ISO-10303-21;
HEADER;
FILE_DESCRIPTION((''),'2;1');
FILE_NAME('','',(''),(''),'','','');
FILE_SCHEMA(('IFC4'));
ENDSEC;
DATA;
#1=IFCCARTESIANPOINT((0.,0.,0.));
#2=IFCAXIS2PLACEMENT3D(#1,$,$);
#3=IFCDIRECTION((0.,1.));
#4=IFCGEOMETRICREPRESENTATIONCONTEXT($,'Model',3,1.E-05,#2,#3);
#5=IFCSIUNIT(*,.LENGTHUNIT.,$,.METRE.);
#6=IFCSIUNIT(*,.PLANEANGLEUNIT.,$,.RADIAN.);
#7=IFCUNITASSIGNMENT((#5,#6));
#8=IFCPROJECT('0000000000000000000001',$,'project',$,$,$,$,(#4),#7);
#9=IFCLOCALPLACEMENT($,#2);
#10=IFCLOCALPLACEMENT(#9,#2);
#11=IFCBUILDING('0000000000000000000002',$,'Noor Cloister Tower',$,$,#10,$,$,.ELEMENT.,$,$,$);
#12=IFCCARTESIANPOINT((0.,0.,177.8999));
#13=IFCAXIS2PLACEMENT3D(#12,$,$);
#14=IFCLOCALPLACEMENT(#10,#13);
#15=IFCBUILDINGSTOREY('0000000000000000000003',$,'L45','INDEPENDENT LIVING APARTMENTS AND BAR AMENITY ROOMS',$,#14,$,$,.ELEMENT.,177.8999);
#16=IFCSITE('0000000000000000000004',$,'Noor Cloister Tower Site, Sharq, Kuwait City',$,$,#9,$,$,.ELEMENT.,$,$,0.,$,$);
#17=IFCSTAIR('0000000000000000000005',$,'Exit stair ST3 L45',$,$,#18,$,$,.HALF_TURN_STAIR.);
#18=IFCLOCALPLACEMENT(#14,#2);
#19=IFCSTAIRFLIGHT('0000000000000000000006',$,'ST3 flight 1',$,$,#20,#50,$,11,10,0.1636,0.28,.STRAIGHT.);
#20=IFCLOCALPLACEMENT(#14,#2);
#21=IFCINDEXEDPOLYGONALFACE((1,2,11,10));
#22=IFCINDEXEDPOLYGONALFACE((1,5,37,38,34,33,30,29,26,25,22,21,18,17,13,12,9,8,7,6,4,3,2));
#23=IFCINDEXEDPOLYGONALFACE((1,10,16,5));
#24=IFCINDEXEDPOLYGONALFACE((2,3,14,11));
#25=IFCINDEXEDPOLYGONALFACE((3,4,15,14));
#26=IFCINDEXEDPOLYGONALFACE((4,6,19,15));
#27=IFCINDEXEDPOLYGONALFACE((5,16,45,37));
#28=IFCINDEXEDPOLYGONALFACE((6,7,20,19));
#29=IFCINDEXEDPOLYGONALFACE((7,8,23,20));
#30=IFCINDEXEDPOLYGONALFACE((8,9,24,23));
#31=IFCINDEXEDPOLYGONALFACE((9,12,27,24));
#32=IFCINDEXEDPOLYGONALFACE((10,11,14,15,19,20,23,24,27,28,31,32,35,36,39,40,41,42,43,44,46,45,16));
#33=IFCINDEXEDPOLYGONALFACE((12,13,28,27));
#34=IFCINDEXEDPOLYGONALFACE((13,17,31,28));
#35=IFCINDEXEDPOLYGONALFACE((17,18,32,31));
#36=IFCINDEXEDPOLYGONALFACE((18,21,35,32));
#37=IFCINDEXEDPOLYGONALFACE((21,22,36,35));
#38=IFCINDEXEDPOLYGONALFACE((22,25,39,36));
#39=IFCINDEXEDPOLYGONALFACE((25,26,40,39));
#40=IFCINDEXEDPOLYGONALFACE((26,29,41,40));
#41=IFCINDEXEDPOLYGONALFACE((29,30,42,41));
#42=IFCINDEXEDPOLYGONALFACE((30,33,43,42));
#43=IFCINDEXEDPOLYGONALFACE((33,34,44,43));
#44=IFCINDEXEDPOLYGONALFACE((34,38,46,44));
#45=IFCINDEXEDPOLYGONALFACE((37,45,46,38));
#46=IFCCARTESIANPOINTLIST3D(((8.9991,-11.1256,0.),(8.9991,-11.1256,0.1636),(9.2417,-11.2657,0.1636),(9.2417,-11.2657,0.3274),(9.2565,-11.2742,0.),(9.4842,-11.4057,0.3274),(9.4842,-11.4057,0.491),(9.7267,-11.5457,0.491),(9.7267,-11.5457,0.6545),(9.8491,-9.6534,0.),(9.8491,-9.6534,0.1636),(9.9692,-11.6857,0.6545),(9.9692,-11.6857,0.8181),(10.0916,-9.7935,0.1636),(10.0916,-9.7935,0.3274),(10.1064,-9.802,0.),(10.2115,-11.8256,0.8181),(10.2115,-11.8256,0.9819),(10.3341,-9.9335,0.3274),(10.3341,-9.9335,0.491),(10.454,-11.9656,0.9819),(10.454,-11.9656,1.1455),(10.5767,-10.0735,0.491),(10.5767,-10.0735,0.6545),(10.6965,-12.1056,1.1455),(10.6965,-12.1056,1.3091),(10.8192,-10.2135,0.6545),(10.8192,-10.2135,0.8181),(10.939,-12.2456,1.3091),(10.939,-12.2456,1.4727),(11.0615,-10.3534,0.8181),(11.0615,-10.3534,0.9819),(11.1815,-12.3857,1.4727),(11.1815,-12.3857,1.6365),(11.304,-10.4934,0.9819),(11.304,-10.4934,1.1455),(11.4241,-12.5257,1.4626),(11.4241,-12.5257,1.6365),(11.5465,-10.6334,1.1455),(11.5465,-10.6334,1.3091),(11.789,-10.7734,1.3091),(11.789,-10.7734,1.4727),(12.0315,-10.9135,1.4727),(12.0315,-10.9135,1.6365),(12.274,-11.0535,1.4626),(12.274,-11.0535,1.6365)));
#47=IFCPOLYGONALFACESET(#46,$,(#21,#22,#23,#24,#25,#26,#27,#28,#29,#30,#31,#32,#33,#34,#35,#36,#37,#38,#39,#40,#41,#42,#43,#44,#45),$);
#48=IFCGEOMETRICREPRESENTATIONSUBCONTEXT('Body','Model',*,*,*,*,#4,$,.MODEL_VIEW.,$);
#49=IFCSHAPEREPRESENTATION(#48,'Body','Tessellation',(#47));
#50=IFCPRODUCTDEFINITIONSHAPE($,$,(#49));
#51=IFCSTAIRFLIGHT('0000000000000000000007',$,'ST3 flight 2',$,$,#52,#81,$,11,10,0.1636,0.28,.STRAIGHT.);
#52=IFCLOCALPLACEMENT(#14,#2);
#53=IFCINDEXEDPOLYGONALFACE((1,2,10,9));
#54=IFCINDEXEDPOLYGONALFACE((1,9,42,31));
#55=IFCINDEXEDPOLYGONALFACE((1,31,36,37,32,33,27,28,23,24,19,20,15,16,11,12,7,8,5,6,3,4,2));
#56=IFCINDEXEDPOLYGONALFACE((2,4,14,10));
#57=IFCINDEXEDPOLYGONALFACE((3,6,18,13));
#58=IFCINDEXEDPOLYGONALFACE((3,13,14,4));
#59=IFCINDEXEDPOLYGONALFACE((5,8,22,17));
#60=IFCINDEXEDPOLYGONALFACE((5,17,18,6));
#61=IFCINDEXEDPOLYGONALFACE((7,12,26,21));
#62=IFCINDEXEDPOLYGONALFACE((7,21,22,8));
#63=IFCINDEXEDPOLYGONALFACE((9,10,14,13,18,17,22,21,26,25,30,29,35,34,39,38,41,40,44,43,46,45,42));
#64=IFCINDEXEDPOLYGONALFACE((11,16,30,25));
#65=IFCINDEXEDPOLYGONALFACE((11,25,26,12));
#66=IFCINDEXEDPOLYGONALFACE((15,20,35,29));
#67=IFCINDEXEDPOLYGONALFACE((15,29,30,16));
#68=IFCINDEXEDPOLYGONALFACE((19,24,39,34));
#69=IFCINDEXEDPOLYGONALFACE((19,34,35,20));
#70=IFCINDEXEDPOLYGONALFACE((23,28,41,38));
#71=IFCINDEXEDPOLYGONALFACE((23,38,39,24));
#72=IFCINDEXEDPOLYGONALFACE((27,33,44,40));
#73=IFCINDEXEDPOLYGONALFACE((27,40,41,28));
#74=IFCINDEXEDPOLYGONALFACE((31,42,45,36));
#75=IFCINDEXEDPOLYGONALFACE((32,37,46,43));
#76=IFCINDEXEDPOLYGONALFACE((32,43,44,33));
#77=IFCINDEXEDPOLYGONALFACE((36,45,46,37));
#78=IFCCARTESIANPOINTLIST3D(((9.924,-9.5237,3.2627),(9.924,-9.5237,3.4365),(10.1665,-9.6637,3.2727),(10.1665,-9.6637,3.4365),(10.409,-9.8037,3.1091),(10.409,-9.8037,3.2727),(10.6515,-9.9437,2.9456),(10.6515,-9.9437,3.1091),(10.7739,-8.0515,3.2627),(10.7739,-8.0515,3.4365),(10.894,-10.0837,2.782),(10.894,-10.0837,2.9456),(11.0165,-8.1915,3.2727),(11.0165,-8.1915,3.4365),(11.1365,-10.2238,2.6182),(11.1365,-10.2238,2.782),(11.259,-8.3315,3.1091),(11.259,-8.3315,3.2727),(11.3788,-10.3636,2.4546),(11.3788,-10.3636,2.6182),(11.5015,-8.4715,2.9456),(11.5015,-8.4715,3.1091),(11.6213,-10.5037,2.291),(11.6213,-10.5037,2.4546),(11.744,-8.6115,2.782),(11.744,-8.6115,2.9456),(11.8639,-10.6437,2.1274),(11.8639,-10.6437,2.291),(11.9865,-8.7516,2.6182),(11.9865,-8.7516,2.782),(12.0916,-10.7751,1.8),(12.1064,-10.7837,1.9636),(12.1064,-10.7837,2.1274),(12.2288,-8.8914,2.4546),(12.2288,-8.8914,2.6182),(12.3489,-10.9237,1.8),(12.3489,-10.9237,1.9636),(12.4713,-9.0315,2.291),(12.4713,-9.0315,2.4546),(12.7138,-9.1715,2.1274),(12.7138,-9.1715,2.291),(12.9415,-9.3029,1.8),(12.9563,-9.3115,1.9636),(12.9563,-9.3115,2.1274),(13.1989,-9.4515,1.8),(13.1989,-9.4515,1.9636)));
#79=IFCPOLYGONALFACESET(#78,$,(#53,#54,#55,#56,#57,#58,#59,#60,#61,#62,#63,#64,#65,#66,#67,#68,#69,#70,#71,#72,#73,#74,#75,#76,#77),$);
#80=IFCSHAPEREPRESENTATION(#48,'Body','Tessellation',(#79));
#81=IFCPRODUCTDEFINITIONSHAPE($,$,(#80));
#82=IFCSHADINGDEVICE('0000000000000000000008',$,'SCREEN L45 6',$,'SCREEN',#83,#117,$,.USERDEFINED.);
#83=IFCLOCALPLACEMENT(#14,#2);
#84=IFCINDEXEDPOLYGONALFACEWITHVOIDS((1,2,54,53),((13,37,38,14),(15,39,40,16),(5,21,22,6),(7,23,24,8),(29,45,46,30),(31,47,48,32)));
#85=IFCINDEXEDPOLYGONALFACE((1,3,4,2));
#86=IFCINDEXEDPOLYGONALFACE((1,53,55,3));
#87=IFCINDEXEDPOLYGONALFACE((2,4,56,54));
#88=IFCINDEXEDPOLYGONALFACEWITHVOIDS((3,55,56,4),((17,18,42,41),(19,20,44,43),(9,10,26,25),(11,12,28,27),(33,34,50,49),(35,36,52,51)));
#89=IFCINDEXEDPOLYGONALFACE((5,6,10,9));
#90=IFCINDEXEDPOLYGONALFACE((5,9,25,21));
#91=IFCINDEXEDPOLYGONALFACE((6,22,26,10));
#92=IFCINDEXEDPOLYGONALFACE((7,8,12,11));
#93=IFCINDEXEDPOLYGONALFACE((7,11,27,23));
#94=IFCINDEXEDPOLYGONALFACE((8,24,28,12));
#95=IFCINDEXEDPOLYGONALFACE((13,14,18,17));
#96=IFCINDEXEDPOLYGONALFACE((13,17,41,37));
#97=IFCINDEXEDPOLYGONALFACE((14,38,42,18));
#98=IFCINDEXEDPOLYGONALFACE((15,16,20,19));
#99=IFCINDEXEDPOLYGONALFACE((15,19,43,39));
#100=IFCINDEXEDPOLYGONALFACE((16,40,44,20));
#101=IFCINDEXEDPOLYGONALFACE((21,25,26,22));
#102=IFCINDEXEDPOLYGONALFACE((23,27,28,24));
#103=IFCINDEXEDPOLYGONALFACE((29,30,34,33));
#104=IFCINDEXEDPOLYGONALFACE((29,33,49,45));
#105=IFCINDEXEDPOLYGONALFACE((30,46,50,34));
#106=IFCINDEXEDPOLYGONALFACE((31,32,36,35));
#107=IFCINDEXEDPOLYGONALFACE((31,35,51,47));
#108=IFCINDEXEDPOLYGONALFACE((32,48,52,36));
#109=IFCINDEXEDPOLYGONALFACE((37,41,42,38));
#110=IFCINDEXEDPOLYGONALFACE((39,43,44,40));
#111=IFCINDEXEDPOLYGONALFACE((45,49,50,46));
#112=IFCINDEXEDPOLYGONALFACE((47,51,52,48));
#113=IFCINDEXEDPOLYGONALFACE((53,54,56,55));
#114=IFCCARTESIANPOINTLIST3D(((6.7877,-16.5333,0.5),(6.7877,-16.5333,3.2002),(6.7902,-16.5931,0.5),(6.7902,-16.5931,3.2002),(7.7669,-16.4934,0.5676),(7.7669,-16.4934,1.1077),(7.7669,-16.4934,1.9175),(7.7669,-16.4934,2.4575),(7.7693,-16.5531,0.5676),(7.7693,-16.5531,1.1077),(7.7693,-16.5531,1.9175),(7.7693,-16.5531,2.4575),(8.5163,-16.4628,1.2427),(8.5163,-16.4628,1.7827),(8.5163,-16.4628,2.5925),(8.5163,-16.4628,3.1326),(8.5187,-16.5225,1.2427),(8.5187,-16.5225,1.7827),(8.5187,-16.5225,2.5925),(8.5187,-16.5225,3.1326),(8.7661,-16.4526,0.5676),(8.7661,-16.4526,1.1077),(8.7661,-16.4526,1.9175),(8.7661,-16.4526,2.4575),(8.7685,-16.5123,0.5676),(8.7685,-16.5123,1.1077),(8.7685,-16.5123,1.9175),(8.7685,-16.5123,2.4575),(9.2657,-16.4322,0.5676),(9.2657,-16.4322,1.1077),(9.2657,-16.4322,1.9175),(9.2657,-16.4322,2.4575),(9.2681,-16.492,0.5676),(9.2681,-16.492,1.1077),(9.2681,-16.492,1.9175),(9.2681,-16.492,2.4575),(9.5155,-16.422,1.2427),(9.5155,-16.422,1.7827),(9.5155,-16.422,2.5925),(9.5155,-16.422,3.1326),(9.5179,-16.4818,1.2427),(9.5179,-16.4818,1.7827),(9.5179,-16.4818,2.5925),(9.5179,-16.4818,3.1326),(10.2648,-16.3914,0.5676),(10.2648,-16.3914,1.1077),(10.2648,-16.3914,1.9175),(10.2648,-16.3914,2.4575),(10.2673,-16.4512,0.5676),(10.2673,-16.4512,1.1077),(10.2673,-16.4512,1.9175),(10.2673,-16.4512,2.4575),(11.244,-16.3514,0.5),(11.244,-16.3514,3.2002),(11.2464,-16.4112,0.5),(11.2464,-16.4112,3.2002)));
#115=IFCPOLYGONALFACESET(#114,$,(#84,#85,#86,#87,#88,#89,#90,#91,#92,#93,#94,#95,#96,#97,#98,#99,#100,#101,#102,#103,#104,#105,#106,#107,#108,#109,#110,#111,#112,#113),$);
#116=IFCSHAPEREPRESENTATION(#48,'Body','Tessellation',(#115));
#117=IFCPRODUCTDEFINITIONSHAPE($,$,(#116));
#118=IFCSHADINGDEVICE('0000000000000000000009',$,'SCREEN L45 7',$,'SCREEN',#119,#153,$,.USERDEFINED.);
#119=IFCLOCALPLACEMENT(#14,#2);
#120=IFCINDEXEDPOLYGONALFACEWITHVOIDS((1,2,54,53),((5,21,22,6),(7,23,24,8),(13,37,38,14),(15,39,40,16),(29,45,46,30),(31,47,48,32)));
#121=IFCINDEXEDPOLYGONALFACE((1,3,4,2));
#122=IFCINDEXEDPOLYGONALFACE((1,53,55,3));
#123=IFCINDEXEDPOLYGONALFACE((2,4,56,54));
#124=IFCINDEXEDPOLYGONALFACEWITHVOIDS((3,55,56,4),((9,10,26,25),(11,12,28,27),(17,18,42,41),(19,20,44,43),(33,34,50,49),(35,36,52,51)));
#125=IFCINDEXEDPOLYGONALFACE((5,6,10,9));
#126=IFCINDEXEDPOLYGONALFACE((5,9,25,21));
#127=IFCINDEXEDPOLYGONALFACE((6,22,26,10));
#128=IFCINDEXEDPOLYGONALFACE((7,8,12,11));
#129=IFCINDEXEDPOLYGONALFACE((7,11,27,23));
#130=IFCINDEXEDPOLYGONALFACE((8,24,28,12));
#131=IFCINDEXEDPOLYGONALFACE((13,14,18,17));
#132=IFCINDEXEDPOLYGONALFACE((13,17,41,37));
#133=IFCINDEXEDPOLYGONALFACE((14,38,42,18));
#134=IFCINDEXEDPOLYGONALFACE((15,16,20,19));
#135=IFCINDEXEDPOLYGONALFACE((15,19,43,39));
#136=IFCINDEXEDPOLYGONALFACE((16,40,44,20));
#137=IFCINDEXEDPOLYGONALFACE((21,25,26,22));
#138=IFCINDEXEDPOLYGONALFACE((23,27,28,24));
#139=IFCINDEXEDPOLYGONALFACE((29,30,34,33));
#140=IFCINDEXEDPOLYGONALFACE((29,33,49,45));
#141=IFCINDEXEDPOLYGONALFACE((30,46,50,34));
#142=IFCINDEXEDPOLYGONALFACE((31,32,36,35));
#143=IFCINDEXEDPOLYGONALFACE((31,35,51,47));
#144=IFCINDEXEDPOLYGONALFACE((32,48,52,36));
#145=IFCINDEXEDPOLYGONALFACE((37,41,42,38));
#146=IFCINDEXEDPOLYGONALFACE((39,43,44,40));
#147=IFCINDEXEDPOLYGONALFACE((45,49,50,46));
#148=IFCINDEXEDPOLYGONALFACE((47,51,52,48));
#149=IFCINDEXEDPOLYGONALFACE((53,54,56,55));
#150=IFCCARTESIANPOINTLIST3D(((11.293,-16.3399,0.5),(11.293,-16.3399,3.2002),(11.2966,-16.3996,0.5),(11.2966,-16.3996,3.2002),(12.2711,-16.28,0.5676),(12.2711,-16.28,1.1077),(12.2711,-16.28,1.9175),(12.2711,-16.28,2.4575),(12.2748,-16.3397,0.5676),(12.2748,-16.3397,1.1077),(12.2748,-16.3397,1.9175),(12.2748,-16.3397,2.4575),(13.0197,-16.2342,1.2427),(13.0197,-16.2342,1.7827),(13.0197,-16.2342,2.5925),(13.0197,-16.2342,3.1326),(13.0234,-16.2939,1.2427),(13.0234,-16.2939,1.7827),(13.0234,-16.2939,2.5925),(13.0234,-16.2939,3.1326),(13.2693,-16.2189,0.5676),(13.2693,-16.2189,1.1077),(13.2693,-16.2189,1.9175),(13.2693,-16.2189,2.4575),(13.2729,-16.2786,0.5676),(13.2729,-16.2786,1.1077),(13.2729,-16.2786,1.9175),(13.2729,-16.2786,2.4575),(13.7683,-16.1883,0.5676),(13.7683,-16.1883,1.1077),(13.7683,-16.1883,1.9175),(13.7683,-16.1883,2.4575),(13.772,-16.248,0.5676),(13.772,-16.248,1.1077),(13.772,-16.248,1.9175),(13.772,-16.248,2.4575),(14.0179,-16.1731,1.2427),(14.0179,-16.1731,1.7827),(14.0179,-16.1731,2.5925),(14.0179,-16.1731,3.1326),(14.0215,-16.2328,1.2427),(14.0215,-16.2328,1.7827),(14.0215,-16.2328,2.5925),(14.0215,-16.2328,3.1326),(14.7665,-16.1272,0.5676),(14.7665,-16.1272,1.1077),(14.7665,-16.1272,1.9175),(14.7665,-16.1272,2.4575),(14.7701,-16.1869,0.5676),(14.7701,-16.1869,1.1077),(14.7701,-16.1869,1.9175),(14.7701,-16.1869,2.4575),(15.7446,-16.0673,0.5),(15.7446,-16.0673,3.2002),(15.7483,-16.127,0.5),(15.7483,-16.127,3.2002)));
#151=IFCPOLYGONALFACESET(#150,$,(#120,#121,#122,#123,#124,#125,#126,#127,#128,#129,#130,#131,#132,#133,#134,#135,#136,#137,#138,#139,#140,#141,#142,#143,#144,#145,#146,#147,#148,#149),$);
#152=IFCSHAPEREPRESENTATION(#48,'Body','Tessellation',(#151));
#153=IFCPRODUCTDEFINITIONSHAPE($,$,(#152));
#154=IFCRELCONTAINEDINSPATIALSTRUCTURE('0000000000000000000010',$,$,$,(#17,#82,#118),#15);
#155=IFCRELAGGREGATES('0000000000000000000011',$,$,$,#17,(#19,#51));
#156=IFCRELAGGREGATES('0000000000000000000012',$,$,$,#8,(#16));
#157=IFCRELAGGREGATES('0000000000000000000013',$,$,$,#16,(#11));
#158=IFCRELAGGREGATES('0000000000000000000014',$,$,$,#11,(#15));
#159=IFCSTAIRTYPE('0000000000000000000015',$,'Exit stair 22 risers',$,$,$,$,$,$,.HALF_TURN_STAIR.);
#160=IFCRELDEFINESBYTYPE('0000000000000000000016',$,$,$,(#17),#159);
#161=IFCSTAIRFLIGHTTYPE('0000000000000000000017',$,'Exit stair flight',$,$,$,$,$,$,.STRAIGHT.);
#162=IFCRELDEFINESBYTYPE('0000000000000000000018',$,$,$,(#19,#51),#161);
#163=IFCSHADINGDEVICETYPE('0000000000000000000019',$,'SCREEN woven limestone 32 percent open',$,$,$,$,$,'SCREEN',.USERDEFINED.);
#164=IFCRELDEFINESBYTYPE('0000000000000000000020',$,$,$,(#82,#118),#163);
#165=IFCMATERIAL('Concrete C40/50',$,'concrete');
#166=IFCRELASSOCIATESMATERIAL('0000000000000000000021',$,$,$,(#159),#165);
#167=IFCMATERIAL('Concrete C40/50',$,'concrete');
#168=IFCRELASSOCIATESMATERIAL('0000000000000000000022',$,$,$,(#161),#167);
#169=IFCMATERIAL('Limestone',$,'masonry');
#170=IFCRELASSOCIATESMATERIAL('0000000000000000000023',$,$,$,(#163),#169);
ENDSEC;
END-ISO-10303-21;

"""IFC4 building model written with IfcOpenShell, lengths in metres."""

from ifc_helpers import new_model, si_unit, direction, frame, origin, place, context, subcontext, project, spatial, polyline, outline, extrude, material, material_profile, profile_set, type_object, element, aggregate, save


model = new_model("IFC4")

# Units and contexts
model_context = context("Model", 3, precision=1e-05, world=origin(), true_north=direction((0.0, 1.0)))
body_context = subcontext(model_context, "Body", "Model", "MODEL_VIEW")
ifc_project = project(units=[si_unit("LENGTHUNIT", "METRE"), si_unit("PLANEANGLEUNIT", "RADIAN")], contexts=[model_context])

# Site, building, storey
site_placement = place(None, origin())
site = spatial("IfcSite", under=ifc_project, at=site_placement, Name="Noor Cloister Tower Site, Sharq, Kuwait City", CompositionType="ELEMENT", RefElevation=0.0)
building_placement = place(site_placement, origin())
building = spatial("IfcBuilding", under=site, at=building_placement, Name="Noor Cloister Tower", CompositionType="ELEMENT")
storey_placement = place(building_placement, frame((0.0, 0.0, 177.8999)))
storey = spatial("IfcBuildingStorey", under=building, at=storey_placement, Name="L45", Description="INDEPENDENT LIVING APARTMENTS AND BAR AMENITY ROOMS", CompositionType="ELEMENT", Elevation=177.8999)

# Stair, stair flights
ifc_material_1 = material(Name="Concrete C40/50", Category="concrete")
stair_type = type_object("IfcStairType", Name="Exit stair 22 risers", PredefinedType="HALF_TURN_STAIR", material=ifc_material_1)
stair_placement = place(storey_placement, origin())
stair = element("IfcStair", 1, at=stair_placement, inside=storey, type_object=stair_type, Name="Exit stair ST3 L45", PredefinedType="HALF_TURN_STAIR")
ifc_material_2 = material(Name="Concrete C40/50", Category="concrete")
stair_flight_type = type_object("IfcStairFlightType", Name="Exit stair flight", PredefinedType="STRAIGHT", material=ifc_material_2)
stair_flight_1_placement = place(storey_placement, frame((9.4241, -10.3896, 0.0), z_axis=(0.0, 0.0, 1.0), x_axis=(0.866025, -0.5, 0.0)))
stair_flight_1 = element("IfcStairFlight", 2, at=stair_flight_1_placement, type_object=stair_flight_type, Name="ST3 flight 1", NumberOfRisers=11, NumberOfTreads=10, PredefinedType="STRAIGHT", RiserHeight=0.1636, TreadLength=0.28, context=body_context, shape_type="SweptSolid", body=[
    extrude(outline(polyline([(0.0, 0.0), (0.0, 0.1636), (0.28, 0.1636), (0.28, 0.3274), (0.5601, 0.3274), (0.5601, 0.491), (0.8401, 0.491), (0.8401, 0.6545), (1.1201, 0.6545), (1.1201, 0.8181), (1.3999, 0.8181), (1.3999, 0.9819), (1.6799, 0.9819), (1.6799, 1.1455), (1.96, 1.1455), (1.96, 1.3091), (2.24, 1.3091), (2.24, 1.4727), (2.52, 1.4727), (2.52, 1.6365), (2.8, 1.6365), (2.8, 1.8), (2.8, 1.4626), (0.2971, 0.0), (0.0, 0.0)])), frame((0.0, 0.8501, 0.0), z_axis=(0.0, -1.0, 0.0), x_axis=(1.0, 0.0, 0.0)), (0.0, 0.0, 1.0), 1.7),
])
stair_flight_2_placement = place(storey_placement, frame((12.7739, -10.1875, 1.8), z_axis=(0.0, 0.0, 1.0), x_axis=(-0.866025, 0.5, 0.0)))
stair_flight_2 = element("IfcStairFlight", 3, at=stair_flight_2_placement, type_object=stair_flight_type, Name="ST3 flight 2", NumberOfRisers=11, NumberOfTreads=10, PredefinedType="STRAIGHT", RiserHeight=0.1636, TreadLength=0.28, context=body_context, shape_type="SweptSolid", body=[
    extrude(outline(polyline([(0.0, 0.0), (0.0, 0.1636), (0.28, 0.1636), (0.28, 0.3274), (0.5601, 0.3274), (0.5601, 0.491), (0.8401, 0.491), (0.8401, 0.6545), (1.1201, 0.6545), (1.1201, 0.8181), (1.3999, 0.8181), (1.3999, 0.9819), (1.6799, 0.9819), (1.6799, 1.1455), (1.96, 1.1455), (1.96, 1.3091), (2.24, 1.3091), (2.24, 1.4727), (2.52, 1.4727), (2.52, 1.6365), (2.8, 1.6365), (2.8, 1.8), (2.8, 1.4626), (0.2971, 0.0), (0.0, 0.0)])), frame((0.0, 0.8501, 0.0), z_axis=(0.0, -1.0, 0.0), x_axis=(1.0, 0.0, 0.0)), (0.0, 0.0, 1.0), 1.7),
])
aggregate(stair, [stair_flight_1, stair_flight_2])

# Shading devices
ifc_material_3 = material(Name="Limestone", Category="masonry")
ifc_material_profile_1 = material_profile(ifc_material_3, outline(polyline([(-2.23, -1.3501), (2.23, -1.3501), (2.23, 1.3501), (-2.23, 1.3501), (-2.23, -1.3501)]), holes=[polyline([(-1.25, -1.2825), (-0.25, -1.2825), (-0.25, -0.7424), (-1.25, -0.7424), (-1.25, -1.2825)]), polyline([(0.25, -1.2825), (1.25, -1.2825), (1.25, -0.7424), (0.25, -0.7424), (0.25, -1.2825)]), polyline([(-0.5, -0.6074), (0.5, -0.6074), (0.5, -0.0674), (-0.5, -0.0674), (-0.5, -0.6074)]), polyline([(-1.25, 0.0674), (-0.25, 0.0674), (-0.25, 0.6074), (-1.25, 0.6074), (-1.25, 0.0674)]), polyline([(0.25, 0.0674), (1.25, 0.0674), (1.25, 0.6074), (0.25, 0.6074), (0.25, 0.0674)]), polyline([(-0.5, 0.7424), (0.5, 0.7424), (0.5, 1.2825), (-0.5, 1.2825), (-0.5, 0.7424)])]), Name="Woven screen 32 percent open")
ifc_profile_set_1 = profile_set([ifc_material_profile_1], Name="Limestone")
shading_device_type = type_object("IfcShadingDeviceType", Name="SCREEN woven limestone 32 percent open", ElementType="SCREEN", PredefinedType="USERDEFINED", material=ifc_profile_set_1)
for number, where, z_axis, x_axis, name in (
    (4, (9.0159, -16.4424, 1.8501), (0.040782, -0.999168, 0.0), (0.999168, 0.040782, 0.0), "SCREEN L45 6"),
    (5, (13.5188, -16.2036, 1.8501), (0.06111, -0.998131, 0.0), (0.998131, 0.06111, 0.0), "SCREEN L45 7"),
):
    element("IfcShadingDevice", number, at=place(storey_placement, frame(where, z_axis=z_axis, x_axis=x_axis)), inside=storey, type_object=shading_device_type, Name=name, ObjectType="SCREEN", PredefinedType="USERDEFINED", context=body_context, shape_type="SweptSolid", body=[
        extrude(outline(polyline([(-2.23, -1.3501), (2.23, -1.3501), (2.23, 1.3501), (-2.23, 1.3501), (-2.23, -1.3501)]), holes=[polyline([(-1.25, -1.2825), (-0.25, -1.2825), (-0.25, -0.7424), (-1.25, -0.7424), (-1.25, -1.2825)]), polyline([(0.25, -1.2825), (1.25, -1.2825), (1.25, -0.7424), (0.25, -0.7424), (0.25, -1.2825)]), polyline([(-0.5, -0.6074), (0.5, -0.6074), (0.5, -0.0674), (-0.5, -0.0674), (-0.5, -0.6074)]), polyline([(-1.25, 0.0674), (-0.25, 0.0674), (-0.25, 0.6074), (-1.25, 0.6074), (-1.25, 0.0674)]), polyline([(0.25, 0.0674), (1.25, 0.0674), (1.25, 0.6074), (0.25, 0.6074), (0.25, 0.0674)]), polyline([(-0.5, 0.7424), (0.5, 0.7424), (0.5, 1.2825), (-0.5, 1.2825), (-0.5, 0.7424)])]), origin(), (0.0, 0.0, 1.0), 0.0598),
    ])

save(model, "model.ifc")
